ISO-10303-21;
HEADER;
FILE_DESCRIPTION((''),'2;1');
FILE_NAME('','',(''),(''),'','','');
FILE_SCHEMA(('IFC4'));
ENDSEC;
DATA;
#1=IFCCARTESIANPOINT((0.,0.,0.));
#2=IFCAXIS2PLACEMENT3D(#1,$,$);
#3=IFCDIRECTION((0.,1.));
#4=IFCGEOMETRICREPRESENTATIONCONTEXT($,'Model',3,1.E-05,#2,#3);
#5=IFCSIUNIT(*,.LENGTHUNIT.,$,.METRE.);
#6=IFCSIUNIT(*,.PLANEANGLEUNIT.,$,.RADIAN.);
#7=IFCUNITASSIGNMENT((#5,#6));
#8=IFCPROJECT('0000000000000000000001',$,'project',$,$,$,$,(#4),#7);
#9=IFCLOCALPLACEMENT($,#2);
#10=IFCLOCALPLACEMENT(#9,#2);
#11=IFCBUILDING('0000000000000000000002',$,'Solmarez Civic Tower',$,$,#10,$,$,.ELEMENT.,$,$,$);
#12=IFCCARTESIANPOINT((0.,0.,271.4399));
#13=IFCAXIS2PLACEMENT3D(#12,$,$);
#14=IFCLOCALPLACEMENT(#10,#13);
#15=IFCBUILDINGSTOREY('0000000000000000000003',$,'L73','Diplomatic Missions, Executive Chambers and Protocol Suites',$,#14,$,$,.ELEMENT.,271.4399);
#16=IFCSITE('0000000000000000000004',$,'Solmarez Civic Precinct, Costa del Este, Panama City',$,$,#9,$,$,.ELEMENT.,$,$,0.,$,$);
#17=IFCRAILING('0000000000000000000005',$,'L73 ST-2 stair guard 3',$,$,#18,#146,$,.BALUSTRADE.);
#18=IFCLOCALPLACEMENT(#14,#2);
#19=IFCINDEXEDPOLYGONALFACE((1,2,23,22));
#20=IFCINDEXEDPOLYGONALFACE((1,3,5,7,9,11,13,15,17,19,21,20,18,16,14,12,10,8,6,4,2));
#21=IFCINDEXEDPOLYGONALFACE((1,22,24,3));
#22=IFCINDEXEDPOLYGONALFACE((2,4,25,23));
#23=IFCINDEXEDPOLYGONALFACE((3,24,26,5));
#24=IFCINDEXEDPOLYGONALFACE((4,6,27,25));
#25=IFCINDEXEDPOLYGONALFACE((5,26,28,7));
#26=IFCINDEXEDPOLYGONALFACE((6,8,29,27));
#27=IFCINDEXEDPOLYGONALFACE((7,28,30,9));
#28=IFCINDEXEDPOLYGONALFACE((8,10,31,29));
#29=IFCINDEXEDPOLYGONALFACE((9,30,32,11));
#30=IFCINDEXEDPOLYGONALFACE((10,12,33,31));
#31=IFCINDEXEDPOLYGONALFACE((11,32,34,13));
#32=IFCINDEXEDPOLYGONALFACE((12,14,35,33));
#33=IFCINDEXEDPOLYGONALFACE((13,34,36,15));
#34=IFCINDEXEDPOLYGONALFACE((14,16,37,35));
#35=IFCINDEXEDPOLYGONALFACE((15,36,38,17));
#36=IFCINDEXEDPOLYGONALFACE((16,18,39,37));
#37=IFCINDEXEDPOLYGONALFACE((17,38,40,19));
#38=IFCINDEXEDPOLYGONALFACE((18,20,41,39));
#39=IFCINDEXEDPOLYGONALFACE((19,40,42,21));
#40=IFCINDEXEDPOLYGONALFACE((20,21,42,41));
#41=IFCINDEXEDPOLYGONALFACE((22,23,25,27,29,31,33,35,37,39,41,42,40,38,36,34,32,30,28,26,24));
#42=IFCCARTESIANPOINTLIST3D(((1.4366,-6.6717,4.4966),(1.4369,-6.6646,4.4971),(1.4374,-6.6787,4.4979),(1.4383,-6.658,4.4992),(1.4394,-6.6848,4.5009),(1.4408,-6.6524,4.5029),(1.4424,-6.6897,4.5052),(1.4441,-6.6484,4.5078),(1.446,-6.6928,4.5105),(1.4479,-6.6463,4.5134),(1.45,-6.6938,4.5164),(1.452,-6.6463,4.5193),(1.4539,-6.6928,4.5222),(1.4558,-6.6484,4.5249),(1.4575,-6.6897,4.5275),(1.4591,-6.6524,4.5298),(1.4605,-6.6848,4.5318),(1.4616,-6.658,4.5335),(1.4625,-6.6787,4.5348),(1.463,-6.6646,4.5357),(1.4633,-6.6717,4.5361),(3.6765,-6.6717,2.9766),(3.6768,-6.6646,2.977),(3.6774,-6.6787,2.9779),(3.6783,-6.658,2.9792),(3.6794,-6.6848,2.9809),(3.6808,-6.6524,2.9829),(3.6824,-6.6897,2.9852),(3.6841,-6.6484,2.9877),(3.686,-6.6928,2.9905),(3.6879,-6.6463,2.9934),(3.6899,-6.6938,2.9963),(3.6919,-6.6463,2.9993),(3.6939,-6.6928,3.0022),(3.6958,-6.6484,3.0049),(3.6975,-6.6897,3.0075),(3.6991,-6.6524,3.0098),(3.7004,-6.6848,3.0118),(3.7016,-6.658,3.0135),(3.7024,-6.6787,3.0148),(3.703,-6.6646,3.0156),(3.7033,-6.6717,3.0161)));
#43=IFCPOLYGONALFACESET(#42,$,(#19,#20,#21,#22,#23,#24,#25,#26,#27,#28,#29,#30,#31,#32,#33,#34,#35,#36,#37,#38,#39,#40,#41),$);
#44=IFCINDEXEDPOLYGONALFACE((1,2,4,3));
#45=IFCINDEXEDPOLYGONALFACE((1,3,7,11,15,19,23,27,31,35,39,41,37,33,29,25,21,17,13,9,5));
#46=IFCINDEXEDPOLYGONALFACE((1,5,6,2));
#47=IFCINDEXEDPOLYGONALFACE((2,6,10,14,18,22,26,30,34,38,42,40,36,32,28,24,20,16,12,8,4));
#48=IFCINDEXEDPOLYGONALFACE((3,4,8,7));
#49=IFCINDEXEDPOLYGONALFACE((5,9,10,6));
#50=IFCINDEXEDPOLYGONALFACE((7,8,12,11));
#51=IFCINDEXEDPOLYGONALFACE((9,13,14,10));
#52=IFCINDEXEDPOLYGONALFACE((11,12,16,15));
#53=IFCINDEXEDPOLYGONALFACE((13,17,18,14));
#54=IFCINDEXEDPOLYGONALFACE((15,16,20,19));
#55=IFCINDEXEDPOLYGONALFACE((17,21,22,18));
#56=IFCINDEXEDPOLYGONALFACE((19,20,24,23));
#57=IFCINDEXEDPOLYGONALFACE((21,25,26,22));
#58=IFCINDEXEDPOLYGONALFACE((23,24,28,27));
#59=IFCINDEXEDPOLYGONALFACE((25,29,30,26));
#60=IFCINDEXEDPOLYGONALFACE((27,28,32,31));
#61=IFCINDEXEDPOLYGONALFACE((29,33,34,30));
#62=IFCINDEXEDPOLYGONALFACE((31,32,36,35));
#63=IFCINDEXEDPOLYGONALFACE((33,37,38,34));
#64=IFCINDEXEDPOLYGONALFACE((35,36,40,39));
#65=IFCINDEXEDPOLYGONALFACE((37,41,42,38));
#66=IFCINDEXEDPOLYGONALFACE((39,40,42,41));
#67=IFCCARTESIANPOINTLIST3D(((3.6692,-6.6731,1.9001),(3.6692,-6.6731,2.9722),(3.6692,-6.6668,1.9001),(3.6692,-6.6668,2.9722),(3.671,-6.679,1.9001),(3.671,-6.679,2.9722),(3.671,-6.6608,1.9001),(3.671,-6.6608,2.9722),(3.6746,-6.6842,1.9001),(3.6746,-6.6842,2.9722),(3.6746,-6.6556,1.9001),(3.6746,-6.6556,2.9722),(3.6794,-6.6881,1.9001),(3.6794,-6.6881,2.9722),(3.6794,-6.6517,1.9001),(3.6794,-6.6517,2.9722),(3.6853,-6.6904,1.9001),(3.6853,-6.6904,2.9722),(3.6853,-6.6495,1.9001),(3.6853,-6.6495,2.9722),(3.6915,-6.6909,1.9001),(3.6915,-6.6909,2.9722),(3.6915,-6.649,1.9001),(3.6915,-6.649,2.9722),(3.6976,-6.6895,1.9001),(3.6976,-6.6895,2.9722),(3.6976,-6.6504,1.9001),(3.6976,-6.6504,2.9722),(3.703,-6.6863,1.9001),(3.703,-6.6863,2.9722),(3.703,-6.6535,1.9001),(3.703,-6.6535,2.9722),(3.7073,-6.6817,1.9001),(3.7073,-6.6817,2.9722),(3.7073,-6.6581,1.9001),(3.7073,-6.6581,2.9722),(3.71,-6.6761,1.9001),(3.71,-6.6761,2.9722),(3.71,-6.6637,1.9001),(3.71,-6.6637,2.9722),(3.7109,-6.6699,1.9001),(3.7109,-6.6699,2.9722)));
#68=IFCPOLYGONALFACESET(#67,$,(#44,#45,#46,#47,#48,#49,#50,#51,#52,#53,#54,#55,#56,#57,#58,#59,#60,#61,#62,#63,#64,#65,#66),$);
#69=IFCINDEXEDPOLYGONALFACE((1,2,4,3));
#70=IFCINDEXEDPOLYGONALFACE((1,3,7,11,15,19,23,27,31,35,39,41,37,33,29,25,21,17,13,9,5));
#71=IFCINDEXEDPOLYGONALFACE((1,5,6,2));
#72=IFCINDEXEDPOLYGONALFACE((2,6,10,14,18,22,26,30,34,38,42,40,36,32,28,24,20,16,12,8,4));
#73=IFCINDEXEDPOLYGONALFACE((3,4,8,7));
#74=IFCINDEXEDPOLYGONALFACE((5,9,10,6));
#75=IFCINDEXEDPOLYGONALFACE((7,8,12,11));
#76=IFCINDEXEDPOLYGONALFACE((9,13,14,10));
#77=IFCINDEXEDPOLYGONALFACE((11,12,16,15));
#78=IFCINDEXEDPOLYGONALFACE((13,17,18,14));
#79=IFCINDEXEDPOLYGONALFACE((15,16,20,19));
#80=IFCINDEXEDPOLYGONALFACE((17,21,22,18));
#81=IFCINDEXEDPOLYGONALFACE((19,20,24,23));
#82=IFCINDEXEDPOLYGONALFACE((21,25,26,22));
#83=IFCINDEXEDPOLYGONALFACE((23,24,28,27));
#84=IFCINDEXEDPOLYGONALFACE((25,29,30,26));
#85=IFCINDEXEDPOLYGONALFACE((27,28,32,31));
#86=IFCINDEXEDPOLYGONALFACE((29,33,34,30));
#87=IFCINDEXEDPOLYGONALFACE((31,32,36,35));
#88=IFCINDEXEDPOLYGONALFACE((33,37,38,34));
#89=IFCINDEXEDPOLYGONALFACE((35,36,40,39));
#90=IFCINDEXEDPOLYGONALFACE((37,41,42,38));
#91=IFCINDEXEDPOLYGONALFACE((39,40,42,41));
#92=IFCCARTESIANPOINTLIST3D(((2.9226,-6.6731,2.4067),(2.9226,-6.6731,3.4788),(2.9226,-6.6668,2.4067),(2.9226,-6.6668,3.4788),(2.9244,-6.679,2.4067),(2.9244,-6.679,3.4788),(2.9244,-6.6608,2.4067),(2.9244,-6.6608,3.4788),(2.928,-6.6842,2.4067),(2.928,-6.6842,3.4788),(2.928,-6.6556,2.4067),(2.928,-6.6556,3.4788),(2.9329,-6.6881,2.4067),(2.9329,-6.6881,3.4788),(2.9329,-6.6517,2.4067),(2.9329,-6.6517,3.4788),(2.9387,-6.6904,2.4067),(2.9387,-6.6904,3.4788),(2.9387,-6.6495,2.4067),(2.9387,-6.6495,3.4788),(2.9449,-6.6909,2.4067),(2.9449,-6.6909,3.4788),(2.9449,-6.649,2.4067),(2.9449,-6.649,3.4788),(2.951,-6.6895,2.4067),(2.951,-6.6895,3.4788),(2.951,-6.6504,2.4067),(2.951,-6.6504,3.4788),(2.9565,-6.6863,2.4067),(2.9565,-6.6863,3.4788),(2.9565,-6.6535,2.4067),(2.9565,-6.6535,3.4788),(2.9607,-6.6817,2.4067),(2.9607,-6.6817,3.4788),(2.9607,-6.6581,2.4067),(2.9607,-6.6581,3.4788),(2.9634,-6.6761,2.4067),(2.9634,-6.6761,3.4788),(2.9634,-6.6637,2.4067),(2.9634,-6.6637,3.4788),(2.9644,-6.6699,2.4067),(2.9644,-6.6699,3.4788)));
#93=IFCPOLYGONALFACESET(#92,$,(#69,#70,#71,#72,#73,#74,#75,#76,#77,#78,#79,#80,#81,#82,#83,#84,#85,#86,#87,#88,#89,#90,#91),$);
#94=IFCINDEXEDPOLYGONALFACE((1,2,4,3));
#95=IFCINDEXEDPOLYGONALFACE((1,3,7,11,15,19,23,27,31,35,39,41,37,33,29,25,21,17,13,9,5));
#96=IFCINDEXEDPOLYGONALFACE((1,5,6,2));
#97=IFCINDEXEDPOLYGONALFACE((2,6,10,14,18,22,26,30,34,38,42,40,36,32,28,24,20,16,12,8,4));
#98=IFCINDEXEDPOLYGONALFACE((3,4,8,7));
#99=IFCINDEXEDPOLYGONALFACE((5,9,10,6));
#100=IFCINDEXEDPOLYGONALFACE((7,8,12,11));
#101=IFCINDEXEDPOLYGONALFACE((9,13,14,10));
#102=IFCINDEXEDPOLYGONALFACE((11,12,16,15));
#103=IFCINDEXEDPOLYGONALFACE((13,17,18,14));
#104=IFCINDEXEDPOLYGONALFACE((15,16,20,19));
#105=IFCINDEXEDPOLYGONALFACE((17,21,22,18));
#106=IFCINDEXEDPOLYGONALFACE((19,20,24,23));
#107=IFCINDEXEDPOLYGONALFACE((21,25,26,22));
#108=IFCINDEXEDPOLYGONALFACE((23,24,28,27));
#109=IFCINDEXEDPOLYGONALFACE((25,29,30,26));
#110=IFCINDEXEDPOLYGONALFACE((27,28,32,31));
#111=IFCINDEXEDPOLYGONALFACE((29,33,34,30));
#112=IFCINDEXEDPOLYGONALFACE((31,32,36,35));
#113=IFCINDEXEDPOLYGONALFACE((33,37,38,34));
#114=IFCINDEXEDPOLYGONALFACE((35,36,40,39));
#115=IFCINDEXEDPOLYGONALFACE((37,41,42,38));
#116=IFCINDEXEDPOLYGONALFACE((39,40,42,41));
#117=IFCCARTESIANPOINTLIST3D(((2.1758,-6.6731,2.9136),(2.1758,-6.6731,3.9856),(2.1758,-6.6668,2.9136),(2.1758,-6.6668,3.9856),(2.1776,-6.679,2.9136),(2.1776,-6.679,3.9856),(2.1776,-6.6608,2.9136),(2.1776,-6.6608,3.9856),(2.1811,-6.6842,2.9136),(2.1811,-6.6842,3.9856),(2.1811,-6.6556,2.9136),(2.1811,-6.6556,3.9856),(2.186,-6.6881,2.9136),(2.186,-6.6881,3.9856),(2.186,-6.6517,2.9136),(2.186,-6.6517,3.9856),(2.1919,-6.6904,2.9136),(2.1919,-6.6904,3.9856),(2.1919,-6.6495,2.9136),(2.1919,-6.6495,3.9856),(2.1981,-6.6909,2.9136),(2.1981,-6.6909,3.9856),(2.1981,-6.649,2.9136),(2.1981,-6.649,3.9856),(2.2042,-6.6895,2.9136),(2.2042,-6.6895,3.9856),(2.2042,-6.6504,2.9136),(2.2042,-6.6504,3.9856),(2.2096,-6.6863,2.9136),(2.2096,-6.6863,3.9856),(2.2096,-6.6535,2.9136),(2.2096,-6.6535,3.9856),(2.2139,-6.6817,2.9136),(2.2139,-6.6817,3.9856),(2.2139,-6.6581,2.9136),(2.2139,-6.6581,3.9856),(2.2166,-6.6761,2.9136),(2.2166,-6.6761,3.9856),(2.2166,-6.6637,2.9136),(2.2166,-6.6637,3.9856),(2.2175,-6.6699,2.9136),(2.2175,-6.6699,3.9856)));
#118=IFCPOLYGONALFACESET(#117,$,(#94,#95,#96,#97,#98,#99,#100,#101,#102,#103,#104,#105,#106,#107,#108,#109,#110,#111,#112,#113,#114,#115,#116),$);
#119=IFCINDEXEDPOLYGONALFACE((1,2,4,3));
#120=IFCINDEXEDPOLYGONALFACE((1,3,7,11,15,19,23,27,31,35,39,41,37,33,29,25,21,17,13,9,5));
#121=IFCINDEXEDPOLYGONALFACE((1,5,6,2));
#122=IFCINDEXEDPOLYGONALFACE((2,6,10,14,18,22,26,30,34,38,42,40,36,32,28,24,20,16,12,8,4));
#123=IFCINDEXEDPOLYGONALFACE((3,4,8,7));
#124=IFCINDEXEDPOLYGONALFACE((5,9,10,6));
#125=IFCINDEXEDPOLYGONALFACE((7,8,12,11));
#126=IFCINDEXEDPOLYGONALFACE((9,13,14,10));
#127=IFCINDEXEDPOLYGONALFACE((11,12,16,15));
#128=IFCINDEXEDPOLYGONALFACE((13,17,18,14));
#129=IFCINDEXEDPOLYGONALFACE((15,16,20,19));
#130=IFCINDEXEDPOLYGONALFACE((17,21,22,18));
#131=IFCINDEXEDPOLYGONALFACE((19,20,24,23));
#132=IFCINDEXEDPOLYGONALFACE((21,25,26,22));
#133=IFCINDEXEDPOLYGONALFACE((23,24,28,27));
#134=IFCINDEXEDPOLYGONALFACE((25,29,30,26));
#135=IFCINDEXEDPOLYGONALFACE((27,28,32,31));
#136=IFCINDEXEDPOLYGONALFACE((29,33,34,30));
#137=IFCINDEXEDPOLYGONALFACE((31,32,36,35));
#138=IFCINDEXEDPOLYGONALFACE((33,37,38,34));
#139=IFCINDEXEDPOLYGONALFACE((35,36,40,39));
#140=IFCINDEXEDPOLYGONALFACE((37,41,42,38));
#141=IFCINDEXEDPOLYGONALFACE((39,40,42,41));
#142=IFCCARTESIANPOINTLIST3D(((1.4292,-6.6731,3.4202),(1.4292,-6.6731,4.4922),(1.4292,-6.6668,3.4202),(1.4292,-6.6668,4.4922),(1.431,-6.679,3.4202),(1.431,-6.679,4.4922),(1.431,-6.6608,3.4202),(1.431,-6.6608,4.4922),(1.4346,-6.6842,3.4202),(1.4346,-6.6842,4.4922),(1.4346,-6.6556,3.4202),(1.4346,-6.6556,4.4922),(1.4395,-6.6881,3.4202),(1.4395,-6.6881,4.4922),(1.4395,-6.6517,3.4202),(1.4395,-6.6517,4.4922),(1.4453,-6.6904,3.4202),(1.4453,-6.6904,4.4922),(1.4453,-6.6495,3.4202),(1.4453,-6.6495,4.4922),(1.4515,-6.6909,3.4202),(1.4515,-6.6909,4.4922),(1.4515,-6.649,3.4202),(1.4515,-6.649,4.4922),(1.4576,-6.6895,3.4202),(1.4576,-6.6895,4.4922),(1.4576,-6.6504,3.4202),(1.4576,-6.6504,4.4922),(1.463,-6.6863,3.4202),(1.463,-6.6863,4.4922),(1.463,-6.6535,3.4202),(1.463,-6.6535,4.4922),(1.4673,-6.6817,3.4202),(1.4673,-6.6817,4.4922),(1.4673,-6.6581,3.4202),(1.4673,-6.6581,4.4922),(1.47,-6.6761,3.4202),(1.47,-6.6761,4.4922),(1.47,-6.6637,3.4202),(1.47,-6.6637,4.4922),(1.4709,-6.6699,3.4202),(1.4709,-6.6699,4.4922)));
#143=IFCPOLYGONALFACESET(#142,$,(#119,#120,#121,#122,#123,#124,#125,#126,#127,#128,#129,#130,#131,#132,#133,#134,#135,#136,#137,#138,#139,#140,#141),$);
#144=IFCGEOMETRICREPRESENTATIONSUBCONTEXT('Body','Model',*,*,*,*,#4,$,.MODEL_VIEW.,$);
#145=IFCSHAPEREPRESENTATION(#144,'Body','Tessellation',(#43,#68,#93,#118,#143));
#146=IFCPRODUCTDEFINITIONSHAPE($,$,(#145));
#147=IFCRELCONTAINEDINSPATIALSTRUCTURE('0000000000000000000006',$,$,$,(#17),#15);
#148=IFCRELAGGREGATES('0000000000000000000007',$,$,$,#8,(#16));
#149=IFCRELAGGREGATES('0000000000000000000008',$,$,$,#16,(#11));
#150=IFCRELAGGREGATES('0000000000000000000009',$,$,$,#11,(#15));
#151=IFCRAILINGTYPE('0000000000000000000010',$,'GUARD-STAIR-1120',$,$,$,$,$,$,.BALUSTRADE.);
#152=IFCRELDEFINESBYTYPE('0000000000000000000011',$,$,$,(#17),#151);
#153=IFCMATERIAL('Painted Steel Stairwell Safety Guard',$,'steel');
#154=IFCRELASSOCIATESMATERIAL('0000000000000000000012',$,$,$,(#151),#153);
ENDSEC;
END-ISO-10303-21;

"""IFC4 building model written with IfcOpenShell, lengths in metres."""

from ifc_helpers import new_model, si_unit, direction, frame, origin, origin_2d, place, context, subcontext, project, spatial, circle, extrude, material, type_object, element, save


model = new_model("IFC4")

# Units and contexts
model_context = context("Model", 3, precision=1e-05, world=origin(), true_north=direction((0.0, 1.0)))
body_context = subcontext(model_context, "Body", "Model", "MODEL_VIEW")
ifc_project = project(units=[si_unit("LENGTHUNIT", "METRE"), si_unit("PLANEANGLEUNIT", "RADIAN")], contexts=[model_context])

# Site, building, storey
site_placement = place(None, origin())
site = spatial("IfcSite", under=ifc_project, at=site_placement, Name="Solmarez Civic Precinct, Costa del Este, Panama City", CompositionType="ELEMENT", RefElevation=0.0)
building_placement = place(site_placement, origin())
building = spatial("IfcBuilding", under=site, at=building_placement, Name="Solmarez Civic Tower", CompositionType="ELEMENT")
storey_placement = place(building_placement, frame((0.0, 0.0, 271.4399)))
storey = spatial("IfcBuildingStorey", under=building, at=storey_placement, Name="L73", Description="Diplomatic Missions, Executive Chambers and Protocol Suites", CompositionType="ELEMENT", Elevation=271.4399)

# Railing
ifc_material_1 = material(Name="Painted Steel Stairwell Safety Guard", Category="steel")
railing_type_1 = type_object("IfcRailingType", Name="GUARD-STAIR-1120", PredefinedType="BALUSTRADE", material=ifc_material_1)
railing_1_placement = place(storey_placement, frame((3.6899, -6.6699, 1.9001)))
element("IfcRailing", 1, at=railing_1_placement, inside=storey, type_object=railing_type_1, Name="L73 ST-2 stair guard 3", PredefinedType="BALUSTRADE", context=body_context, shape_type="SweptSolid", body=[
    extrude(circle(Radius=0.0239, at=origin_2d()), frame((0.0, 0.0, 1.0962), z_axis=(-0.827471, 0.0, 0.561508), x_axis=(0.0, -1.0, 0.0)), (0.0, 0.0, 1.0), 2.707),
    extrude(circle(Radius=0.021, at=origin_2d()), origin(), (0.0, 0.0, 1.0), 1.072),
    extrude(circle(Radius=0.021, at=origin_2d()), frame((-0.7466, 0.0, 0.5066)), (0.0, 0.0, 1.0), 1.072),
    extrude(circle(Radius=0.021, at=origin_2d()), frame((-1.4934, 0.0, 1.0134)), (0.0, 0.0, 1.0), 1.072),
    extrude(circle(Radius=0.021, at=origin_2d()), frame((-2.24, 0.0, 1.52)), (0.0, 0.0, 1.0), 1.072),
])

save(model, "model.ifc")
